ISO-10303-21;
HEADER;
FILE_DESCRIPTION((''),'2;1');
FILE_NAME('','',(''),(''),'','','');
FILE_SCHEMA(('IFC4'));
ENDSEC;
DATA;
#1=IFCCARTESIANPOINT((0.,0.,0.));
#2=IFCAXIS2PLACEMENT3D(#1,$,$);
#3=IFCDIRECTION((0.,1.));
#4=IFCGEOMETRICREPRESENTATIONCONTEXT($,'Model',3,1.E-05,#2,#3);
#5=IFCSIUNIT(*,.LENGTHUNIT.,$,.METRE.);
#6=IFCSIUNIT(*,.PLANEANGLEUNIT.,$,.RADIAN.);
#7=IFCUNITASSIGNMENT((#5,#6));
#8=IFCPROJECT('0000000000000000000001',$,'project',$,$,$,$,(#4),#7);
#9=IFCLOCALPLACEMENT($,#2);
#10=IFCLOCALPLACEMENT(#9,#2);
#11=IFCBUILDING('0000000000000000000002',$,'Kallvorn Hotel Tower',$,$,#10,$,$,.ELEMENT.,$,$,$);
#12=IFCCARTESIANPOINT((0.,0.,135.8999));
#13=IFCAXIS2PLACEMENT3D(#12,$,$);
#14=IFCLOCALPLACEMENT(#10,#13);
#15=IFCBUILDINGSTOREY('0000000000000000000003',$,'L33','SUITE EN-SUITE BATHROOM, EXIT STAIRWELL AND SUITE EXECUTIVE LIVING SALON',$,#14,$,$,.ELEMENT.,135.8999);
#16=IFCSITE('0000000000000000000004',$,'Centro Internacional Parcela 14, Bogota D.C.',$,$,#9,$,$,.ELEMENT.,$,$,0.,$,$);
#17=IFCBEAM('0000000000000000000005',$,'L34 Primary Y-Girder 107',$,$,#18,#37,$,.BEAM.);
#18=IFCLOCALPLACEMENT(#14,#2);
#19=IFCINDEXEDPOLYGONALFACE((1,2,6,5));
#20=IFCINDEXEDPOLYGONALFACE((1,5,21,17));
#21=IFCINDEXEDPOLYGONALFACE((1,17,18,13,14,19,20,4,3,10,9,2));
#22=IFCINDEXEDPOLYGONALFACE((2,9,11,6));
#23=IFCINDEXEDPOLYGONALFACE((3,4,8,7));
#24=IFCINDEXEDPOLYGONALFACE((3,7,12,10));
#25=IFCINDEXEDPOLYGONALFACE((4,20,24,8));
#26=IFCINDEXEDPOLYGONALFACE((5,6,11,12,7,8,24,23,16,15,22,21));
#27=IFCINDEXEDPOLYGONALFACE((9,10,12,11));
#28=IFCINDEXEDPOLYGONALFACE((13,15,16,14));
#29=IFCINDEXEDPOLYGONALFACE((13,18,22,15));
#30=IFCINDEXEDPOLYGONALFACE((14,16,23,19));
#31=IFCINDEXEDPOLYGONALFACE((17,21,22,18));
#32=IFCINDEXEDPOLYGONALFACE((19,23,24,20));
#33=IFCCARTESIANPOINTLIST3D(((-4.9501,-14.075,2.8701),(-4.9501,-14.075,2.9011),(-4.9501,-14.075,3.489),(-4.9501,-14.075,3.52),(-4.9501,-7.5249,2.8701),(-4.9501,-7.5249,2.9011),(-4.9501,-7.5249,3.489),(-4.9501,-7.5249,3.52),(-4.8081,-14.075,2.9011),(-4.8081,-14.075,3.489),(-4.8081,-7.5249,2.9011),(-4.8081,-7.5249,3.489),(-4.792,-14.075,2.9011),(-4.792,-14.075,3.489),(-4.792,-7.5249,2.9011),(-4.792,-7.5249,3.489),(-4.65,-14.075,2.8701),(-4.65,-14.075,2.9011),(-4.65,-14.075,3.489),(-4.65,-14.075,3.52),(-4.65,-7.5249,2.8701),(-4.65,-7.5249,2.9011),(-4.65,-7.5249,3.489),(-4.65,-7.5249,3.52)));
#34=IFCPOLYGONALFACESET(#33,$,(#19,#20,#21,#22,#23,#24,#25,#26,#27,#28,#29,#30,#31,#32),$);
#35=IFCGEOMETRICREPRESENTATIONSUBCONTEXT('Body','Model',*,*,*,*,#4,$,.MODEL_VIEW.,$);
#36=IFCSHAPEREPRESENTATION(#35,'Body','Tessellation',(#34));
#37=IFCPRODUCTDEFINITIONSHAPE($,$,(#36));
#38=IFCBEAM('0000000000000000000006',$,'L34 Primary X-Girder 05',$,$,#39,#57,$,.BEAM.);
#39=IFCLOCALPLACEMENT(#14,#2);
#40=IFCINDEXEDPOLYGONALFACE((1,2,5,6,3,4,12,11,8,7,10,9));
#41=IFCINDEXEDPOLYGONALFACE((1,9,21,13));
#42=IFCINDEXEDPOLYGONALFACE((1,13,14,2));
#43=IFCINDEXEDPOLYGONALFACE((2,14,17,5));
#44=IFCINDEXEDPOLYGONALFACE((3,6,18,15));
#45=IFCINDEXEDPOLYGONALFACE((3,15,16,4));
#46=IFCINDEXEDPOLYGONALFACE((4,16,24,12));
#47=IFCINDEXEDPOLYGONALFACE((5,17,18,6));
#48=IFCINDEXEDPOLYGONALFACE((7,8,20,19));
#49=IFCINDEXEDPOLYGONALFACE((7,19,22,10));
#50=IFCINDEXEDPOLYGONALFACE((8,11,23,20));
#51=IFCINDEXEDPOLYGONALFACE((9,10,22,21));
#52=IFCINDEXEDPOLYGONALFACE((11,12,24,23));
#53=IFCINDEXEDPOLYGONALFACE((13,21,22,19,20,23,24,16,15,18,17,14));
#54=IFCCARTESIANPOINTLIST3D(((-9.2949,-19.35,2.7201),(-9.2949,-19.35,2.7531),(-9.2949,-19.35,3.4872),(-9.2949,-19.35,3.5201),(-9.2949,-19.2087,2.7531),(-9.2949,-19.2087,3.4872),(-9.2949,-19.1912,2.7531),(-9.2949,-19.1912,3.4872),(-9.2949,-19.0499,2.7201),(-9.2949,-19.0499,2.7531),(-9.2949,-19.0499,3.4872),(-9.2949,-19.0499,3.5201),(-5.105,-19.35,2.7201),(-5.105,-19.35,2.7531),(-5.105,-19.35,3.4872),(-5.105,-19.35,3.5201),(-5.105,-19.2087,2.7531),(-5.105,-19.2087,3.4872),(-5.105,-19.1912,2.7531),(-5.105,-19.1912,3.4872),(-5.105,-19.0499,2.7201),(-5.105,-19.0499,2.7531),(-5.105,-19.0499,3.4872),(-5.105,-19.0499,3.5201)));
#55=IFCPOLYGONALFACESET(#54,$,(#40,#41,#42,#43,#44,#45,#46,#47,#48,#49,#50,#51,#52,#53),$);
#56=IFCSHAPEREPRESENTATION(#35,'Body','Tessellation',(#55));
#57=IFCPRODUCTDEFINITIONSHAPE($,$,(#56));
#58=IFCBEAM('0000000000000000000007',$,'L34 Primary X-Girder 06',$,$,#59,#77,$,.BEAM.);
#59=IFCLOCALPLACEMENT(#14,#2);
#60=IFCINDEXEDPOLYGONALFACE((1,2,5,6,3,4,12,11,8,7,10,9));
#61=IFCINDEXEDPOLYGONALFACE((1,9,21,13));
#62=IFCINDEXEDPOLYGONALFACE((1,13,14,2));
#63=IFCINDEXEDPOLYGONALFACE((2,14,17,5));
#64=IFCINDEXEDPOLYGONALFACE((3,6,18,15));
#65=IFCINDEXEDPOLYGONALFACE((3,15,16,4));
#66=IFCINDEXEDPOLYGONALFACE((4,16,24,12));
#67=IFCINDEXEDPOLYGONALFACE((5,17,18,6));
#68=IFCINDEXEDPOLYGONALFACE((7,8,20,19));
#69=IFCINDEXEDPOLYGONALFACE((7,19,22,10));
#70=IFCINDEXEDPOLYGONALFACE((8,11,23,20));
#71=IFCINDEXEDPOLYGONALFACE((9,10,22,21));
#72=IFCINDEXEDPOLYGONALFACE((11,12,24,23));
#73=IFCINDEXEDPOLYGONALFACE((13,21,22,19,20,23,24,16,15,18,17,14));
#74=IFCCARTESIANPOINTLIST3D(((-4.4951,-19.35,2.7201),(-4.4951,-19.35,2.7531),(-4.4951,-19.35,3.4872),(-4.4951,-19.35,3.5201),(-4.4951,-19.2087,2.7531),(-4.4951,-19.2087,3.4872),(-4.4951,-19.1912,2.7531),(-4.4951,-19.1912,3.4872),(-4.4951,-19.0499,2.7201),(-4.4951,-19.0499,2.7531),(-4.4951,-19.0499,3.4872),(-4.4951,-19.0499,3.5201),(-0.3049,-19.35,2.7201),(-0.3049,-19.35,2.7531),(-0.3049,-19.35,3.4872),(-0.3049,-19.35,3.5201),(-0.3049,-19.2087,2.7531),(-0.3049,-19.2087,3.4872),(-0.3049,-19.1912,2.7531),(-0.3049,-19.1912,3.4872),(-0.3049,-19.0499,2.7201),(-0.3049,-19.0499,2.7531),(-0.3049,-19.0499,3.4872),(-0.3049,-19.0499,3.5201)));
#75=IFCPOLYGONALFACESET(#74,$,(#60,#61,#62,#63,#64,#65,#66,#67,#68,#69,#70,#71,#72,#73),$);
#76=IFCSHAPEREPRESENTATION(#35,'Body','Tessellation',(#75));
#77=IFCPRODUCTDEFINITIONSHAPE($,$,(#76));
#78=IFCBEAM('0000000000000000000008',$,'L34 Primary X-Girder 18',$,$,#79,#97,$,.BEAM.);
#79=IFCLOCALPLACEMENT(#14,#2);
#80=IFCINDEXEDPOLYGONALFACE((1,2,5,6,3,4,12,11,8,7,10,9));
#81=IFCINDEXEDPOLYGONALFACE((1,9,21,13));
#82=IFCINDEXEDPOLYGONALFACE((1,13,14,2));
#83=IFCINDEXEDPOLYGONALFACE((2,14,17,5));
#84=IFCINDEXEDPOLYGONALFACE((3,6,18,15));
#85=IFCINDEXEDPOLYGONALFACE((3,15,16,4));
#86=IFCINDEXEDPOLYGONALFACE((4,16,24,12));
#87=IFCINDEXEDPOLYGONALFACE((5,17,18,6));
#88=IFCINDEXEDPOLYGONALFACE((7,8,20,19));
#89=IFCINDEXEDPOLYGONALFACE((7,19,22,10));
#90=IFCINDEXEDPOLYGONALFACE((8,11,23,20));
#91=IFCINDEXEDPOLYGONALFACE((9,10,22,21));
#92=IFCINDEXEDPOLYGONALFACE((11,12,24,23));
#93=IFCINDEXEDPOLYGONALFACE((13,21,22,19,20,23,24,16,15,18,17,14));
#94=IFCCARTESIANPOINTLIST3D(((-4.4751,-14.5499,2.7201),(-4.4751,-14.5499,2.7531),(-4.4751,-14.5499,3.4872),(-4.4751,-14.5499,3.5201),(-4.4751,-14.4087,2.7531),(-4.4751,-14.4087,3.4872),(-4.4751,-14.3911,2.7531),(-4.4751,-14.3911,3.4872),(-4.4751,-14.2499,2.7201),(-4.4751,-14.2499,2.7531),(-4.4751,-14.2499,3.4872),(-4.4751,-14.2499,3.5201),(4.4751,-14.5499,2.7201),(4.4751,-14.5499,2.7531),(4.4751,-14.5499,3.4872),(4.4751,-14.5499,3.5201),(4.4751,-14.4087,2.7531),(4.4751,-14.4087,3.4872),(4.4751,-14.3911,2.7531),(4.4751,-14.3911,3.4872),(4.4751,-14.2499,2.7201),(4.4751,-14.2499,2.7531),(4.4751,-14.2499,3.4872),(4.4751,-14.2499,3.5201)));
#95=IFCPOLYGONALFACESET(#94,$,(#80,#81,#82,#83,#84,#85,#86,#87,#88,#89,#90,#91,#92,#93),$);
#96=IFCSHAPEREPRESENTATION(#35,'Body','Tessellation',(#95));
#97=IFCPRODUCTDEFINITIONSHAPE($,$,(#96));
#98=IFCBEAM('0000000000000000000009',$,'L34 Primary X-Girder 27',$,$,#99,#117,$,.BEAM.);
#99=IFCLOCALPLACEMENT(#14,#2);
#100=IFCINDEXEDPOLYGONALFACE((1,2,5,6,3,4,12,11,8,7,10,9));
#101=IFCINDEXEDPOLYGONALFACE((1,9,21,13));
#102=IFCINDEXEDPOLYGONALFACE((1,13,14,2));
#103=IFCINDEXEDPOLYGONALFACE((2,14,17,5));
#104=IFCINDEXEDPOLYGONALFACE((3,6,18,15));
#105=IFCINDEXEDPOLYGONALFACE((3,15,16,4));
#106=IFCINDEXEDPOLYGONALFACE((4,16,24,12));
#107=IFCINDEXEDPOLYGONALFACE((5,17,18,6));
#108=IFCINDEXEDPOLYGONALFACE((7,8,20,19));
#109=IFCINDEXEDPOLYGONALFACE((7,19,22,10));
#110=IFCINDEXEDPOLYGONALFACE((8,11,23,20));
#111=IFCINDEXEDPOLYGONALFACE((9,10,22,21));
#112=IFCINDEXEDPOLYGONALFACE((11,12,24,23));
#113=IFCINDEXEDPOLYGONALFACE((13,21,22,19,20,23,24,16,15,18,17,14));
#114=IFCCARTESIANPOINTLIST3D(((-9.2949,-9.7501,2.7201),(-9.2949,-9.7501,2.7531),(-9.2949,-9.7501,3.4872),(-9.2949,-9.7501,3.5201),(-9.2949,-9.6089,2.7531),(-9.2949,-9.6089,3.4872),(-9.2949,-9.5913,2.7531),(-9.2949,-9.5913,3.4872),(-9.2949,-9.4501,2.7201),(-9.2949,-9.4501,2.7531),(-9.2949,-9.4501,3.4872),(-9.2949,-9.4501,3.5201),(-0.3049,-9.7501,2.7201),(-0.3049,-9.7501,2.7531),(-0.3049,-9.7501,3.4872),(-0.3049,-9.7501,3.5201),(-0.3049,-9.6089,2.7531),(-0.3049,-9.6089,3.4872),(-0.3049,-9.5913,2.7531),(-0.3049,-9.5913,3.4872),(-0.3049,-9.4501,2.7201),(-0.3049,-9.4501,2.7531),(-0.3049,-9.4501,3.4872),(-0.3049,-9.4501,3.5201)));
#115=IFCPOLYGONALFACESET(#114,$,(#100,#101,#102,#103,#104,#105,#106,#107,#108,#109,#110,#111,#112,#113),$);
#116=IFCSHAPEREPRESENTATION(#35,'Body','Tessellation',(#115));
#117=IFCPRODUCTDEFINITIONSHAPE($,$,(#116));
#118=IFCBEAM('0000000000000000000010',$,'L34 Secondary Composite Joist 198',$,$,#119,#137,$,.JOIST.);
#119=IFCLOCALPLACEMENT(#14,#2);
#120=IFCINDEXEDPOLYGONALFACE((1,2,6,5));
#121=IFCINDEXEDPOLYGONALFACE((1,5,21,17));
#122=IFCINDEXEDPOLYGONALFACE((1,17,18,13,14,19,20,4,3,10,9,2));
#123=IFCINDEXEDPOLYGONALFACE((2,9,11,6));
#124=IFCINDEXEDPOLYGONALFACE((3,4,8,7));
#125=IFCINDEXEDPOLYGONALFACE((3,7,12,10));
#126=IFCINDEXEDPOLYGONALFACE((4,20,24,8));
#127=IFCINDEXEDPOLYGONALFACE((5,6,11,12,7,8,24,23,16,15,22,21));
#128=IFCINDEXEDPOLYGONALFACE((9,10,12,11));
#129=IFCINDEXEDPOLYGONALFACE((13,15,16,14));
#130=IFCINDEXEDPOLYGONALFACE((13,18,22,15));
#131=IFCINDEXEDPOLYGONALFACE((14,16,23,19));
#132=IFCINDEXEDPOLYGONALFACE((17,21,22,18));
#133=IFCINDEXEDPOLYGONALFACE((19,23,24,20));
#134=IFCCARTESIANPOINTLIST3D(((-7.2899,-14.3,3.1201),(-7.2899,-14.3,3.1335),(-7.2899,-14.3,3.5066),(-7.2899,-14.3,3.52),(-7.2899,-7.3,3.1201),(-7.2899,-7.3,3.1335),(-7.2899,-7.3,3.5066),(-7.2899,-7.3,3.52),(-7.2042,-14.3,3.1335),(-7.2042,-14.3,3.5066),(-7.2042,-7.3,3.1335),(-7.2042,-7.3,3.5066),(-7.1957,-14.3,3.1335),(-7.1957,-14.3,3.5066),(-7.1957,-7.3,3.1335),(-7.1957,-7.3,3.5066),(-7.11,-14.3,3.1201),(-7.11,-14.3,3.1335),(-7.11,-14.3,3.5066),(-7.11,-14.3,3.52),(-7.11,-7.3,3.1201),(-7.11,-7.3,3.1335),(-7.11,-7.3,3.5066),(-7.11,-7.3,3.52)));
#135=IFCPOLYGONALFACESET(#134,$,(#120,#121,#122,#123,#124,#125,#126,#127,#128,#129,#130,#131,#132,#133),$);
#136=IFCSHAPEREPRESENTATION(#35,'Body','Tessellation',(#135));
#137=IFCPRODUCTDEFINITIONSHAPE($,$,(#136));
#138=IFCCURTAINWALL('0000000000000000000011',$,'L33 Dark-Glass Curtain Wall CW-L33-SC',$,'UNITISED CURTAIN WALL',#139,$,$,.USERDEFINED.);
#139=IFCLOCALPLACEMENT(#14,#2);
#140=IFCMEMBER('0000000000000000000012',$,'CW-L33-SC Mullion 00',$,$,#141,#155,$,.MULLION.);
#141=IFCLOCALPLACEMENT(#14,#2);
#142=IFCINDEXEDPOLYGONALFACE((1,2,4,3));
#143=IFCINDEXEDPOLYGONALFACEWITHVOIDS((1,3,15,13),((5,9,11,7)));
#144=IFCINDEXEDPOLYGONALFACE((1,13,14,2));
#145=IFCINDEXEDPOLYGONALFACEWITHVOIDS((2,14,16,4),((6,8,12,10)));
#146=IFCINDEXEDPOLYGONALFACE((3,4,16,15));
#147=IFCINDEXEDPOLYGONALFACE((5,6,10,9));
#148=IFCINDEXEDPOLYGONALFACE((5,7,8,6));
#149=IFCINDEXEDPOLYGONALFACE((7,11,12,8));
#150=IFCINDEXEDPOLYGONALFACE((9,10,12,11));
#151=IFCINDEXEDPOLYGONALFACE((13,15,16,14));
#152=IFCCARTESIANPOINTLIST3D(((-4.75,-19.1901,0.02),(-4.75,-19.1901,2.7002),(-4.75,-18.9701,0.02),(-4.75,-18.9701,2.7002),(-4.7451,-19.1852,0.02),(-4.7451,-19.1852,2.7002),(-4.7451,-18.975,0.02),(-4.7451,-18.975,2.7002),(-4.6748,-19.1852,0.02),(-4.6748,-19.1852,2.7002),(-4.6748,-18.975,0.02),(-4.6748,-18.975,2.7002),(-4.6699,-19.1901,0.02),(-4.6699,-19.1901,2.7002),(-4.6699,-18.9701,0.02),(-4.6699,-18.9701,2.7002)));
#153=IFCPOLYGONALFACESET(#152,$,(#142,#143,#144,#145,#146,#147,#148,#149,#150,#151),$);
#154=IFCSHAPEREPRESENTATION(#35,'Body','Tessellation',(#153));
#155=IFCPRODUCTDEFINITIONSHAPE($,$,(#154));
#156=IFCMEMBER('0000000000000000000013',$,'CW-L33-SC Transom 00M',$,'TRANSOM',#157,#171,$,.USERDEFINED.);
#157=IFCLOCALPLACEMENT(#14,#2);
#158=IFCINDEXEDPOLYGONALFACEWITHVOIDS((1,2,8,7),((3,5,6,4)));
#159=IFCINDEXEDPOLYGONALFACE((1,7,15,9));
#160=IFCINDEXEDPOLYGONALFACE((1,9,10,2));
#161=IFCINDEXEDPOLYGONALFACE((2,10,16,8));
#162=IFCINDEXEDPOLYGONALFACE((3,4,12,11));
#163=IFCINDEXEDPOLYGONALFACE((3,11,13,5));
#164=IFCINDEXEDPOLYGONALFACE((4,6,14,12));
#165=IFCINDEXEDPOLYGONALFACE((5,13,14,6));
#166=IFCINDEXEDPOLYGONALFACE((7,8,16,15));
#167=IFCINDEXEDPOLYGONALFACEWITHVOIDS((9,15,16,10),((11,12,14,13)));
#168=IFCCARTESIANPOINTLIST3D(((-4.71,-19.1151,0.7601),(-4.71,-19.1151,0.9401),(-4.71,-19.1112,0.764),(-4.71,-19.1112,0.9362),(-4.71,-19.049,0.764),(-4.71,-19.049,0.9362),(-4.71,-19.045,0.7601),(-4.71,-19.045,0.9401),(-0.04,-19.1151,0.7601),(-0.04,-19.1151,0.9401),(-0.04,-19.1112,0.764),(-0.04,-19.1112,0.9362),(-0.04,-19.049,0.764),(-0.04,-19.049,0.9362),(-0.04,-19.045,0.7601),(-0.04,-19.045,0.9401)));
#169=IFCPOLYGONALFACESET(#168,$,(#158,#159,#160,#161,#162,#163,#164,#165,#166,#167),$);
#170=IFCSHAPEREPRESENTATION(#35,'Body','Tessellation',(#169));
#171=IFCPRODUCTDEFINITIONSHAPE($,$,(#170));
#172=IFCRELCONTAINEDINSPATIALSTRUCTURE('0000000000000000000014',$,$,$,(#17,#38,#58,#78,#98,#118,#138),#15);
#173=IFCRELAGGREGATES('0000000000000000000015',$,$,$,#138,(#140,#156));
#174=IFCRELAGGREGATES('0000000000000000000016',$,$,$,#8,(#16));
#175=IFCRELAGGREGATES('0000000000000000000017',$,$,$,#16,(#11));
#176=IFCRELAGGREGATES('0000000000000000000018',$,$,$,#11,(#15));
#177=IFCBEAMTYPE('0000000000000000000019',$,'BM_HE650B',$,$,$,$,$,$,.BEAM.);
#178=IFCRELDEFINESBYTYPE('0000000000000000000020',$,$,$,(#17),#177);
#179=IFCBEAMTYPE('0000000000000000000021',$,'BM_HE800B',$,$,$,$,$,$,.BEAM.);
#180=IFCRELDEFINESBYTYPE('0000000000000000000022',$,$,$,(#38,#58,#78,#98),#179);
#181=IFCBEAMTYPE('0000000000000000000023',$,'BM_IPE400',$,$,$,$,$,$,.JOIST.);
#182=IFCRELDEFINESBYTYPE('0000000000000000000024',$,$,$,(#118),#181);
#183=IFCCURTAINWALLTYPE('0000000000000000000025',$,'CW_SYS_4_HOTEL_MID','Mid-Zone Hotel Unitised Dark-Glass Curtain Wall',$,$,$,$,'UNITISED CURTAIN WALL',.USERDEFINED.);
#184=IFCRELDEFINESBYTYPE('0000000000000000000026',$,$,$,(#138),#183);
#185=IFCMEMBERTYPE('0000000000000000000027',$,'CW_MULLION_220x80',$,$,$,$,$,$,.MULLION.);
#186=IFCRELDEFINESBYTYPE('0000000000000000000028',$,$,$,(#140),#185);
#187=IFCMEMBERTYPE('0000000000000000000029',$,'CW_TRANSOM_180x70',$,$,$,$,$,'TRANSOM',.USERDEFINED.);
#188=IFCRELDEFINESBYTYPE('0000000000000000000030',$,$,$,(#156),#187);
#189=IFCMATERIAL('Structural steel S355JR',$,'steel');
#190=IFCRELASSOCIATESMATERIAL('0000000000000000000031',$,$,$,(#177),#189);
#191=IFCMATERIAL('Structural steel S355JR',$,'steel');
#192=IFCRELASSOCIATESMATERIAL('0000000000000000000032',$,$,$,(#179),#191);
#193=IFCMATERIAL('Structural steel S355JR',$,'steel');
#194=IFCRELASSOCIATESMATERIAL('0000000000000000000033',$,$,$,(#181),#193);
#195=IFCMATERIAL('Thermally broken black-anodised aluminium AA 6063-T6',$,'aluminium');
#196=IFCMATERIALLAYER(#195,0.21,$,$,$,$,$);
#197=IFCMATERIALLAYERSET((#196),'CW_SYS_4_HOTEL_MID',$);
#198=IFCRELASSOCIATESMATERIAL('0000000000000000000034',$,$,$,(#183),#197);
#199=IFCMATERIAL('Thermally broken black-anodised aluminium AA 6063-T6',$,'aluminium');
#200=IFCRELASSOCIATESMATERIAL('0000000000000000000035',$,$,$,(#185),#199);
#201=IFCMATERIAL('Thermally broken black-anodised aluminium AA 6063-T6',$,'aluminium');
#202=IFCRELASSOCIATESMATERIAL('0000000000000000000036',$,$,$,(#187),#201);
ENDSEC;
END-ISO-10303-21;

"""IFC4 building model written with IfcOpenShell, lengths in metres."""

from ifc_helpers import new_model, si_unit, direction, frame, origin, origin_2d, place, context, subcontext, project, spatial, hollow_rectangle, i_section, extrude, material, layer, layer_set, material_profile, profile_set, type_object, element, aggregate, save


model = new_model("IFC4")

# Units and contexts
model_context = context("Model", 3, precision=1e-05, world=origin(), true_north=direction((0.0, 1.0)))
body_context = subcontext(model_context, "Body", "Model", "MODEL_VIEW")
ifc_project = project(units=[si_unit("LENGTHUNIT", "METRE"), si_unit("PLANEANGLEUNIT", "RADIAN")], contexts=[model_context])

# Site, building, storey
site_placement = place(None, origin())
site = spatial("IfcSite", under=ifc_project, at=site_placement, Name="Centro Internacional Parcela 14, Bogota D.C.", CompositionType="ELEMENT", RefElevation=0.0)
building_placement = place(site_placement, origin())
building = spatial("IfcBuilding", under=site, at=building_placement, Name="Kallvorn Hotel Tower", CompositionType="ELEMENT")
storey_placement = place(building_placement, frame((0.0, 0.0, 135.8999)))
storey = spatial("IfcBuildingStorey", under=building, at=storey_placement, Name="L33", Description="SUITE EN-SUITE BATHROOM, EXIT STAIRWELL AND SUITE EXECUTIVE LIVING SALON", CompositionType="ELEMENT", Elevation=135.8999)

# Beams
ifc_material_1 = material(Name="Structural steel S355JR", Category="steel")
ifc_material_profile_1 = material_profile(ifc_material_1, i_section(OverallWidth=0.3, OverallDepth=0.6499, WebThickness=0.0161, FlangeThickness=0.031, at=origin_2d()), Name="HE 650 B")
ifc_profile_set_1 = profile_set([ifc_material_profile_1], Name="Structural steel S355JR")
beam_type_1 = type_object("IfcBeamType", Name="BM_HE650B", PredefinedType="BEAM", material=ifc_profile_set_1)
beam_1_placement = place(storey_placement, frame((-4.8, -14.075, 3.1951), z_axis=(0.0, 1.0, 0.0), x_axis=(-1.0, 0.0, 0.0)))
element("IfcBeam", 1, at=beam_1_placement, inside=storey, type_object=beam_type_1, Name="L34 Primary Y-Girder 107", PredefinedType="BEAM", context=body_context, shape_type="SweptSolid", body=[
    extrude(i_section(OverallWidth=0.3, OverallDepth=0.6499, WebThickness=0.0161, FlangeThickness=0.031, at=origin_2d()), origin(), (0.0, 0.0, 1.0), 6.55),
])
ifc_material_2 = material(Name="Structural steel S355JR", Category="steel")
ifc_material_profile_2 = material_profile(ifc_material_2, i_section(OverallWidth=0.3, OverallDepth=0.8, WebThickness=0.0176, FlangeThickness=0.033, at=origin_2d()), Name="HE 800 B")
ifc_profile_set_2 = profile_set([ifc_material_profile_2], Name="Structural steel S355JR")
beam_type_2 = type_object("IfcBeamType", Name="BM_HE800B", PredefinedType="BEAM", material=ifc_profile_set_2)
beam_2_placement = place(storey_placement, frame((-9.2949, -19.2, 3.1201), z_axis=(1.0, 0.0, 0.0), x_axis=(0.0, 1.0, 0.0)))
element("IfcBeam", 2, at=beam_2_placement, inside=storey, type_object=beam_type_2, Name="L34 Primary X-Girder 05", PredefinedType="BEAM", context=body_context, shape_type="SweptSolid", body=[
    extrude(i_section(OverallWidth=0.3, OverallDepth=0.8, WebThickness=0.0176, FlangeThickness=0.033, at=origin_2d()), origin(), (0.0, 0.0, 1.0), 4.1899),
])
beam_3_placement = place(storey_placement, frame((-4.4951, -19.2, 3.1201), z_axis=(1.0, 0.0, 0.0), x_axis=(0.0, 1.0, 0.0)))
element("IfcBeam", 3, at=beam_3_placement, inside=storey, type_object=beam_type_2, Name="L34 Primary X-Girder 06", PredefinedType="BEAM", context=body_context, shape_type="SweptSolid", body=[
    extrude(i_section(OverallWidth=0.3, OverallDepth=0.8, WebThickness=0.0176, FlangeThickness=0.033, at=origin_2d()), origin(), (0.0, 0.0, 1.0), 4.1902),
])
beam_4_placement = place(storey_placement, frame((-4.4751, -14.3999, 3.1201), z_axis=(1.0, 0.0, 0.0), x_axis=(0.0, 1.0, 0.0)))
element("IfcBeam", 4, at=beam_4_placement, inside=storey, type_object=beam_type_2, Name="L34 Primary X-Girder 18", PredefinedType="BEAM", context=body_context, shape_type="SweptSolid", body=[
    extrude(i_section(OverallWidth=0.3, OverallDepth=0.8, WebThickness=0.0176, FlangeThickness=0.033, at=origin_2d()), origin(), (0.0, 0.0, 1.0), 8.9502),
])
beam_5_placement = place(storey_placement, frame((-9.2949, -9.6001, 3.1201), z_axis=(1.0, 0.0, 0.0), x_axis=(0.0, 1.0, 0.0)))
element("IfcBeam", 5, at=beam_5_placement, inside=storey, type_object=beam_type_2, Name="L34 Primary X-Girder 27", PredefinedType="BEAM", context=body_context, shape_type="SweptSolid", body=[
    extrude(i_section(OverallWidth=0.3, OverallDepth=0.8, WebThickness=0.0176, FlangeThickness=0.033, at=origin_2d()), origin(), (0.0, 0.0, 1.0), 8.99),
])
ifc_material_3 = material(Name="Structural steel S355JR", Category="steel")
ifc_material_profile_3 = material_profile(ifc_material_3, i_section(OverallWidth=0.1799, OverallDepth=0.3999, WebThickness=0.0085, FlangeThickness=0.0134, at=origin_2d()), Name="IPE 400")
ifc_profile_set_3 = profile_set([ifc_material_profile_3], Name="Structural steel S355JR")
beam_type_3 = type_object("IfcBeamType", Name="BM_IPE400", PredefinedType="JOIST", material=ifc_profile_set_3)
beam_6_placement = place(storey_placement, frame((-7.2, -14.3, 3.3201), z_axis=(0.0, 1.0, 0.0), x_axis=(-1.0, 0.0, 0.0)))
element("IfcBeam", 6, at=beam_6_placement, inside=storey, type_object=beam_type_3, Name="L34 Secondary Composite Joist 198", PredefinedType="JOIST", context=body_context, shape_type="SweptSolid", body=[
    extrude(i_section(OverallWidth=0.1799, OverallDepth=0.3999, WebThickness=0.0085, FlangeThickness=0.0134, at=origin_2d()), origin(), (0.0, 0.0, 1.0), 7.0),
])

# Curtain wall, members
ifc_material_4 = material(Name="Thermally broken black-anodised aluminium AA 6063-T6", Category="aluminium")
ifc_layer_1 = layer(ifc_material_4, 0.21)
ifc_layer_set_1 = layer_set([ifc_layer_1], Name="CW_SYS_4_HOTEL_MID")
curtain_wall_type = type_object("IfcCurtainWallType", Name="CW_SYS_4_HOTEL_MID", Description="Mid-Zone Hotel Unitised Dark-Glass Curtain Wall", ElementType="UNITISED CURTAIN WALL", PredefinedType="USERDEFINED", material=ifc_layer_set_1)
curtain_wall_placement = place(storey_placement, origin())
curtain_wall = element("IfcCurtainWall", 7, at=curtain_wall_placement, inside=storey, type_object=curtain_wall_type, Name="L33 Dark-Glass Curtain Wall CW-L33-SC", ObjectType="UNITISED CURTAIN WALL", PredefinedType="USERDEFINED")
ifc_material_5 = material(Name="Thermally broken black-anodised aluminium AA 6063-T6", Category="aluminium")
ifc_material_profile_4 = material_profile(ifc_material_5, hollow_rectangle(XDim=0.0801, YDim=0.22, WallThickness=0.0049, at=origin_2d()), Name="MUL 220x80")
ifc_profile_set_4 = profile_set([ifc_material_profile_4], Name="Thermally broken black-anodised aluminium AA 6063-T6")
member_type_1 = type_object("IfcMemberType", Name="CW_MULLION_220x80", PredefinedType="MULLION", material=ifc_profile_set_4)
member_1_placement = place(storey_placement, frame((-4.71, -19.0801, 0.02), z_axis=(0.0, 0.0, 1.0), x_axis=(1.0, 0.0, 0.0)))
member_1 = element("IfcMember", 8, at=member_1_placement, type_object=member_type_1, Name="CW-L33-SC Mullion 00", PredefinedType="MULLION", context=body_context, shape_type="SweptSolid", body=[
    extrude(hollow_rectangle(XDim=0.0801, YDim=0.22, WallThickness=0.0049, at=origin_2d()), origin(), (0.0, 0.0, 1.0), 2.6802),
])
ifc_material_6 = material(Name="Thermally broken black-anodised aluminium AA 6063-T6", Category="aluminium")
ifc_material_profile_5 = material_profile(ifc_material_6, hollow_rectangle(XDim=0.0701, YDim=0.1799, WallThickness=0.0039, at=origin_2d()), Name="TRN 180x70")
ifc_profile_set_5 = profile_set([ifc_material_profile_5], Name="Thermally broken black-anodised aluminium AA 6063-T6")
member_type_2 = type_object("IfcMemberType", Name="CW_TRANSOM_180x70", ElementType="TRANSOM", PredefinedType="USERDEFINED", material=ifc_profile_set_5)
member_2_placement = place(storey_placement, frame((-4.71, -19.0801, 0.8501), z_axis=(1.0, 0.0, 0.0), x_axis=(0.0, 1.0, 0.0)))
member_2 = element("IfcMember", 9, at=member_2_placement, type_object=member_type_2, Name="CW-L33-SC Transom 00M", ObjectType="TRANSOM", PredefinedType="USERDEFINED", context=body_context, shape_type="SweptSolid", body=[
    extrude(hollow_rectangle(XDim=0.0701, YDim=0.1799, WallThickness=0.0039, at=origin_2d()), origin(), (0.0, 0.0, 1.0), 4.6699),
])
aggregate(curtain_wall, [member_1, member_2])

save(model, "model.ifc")
